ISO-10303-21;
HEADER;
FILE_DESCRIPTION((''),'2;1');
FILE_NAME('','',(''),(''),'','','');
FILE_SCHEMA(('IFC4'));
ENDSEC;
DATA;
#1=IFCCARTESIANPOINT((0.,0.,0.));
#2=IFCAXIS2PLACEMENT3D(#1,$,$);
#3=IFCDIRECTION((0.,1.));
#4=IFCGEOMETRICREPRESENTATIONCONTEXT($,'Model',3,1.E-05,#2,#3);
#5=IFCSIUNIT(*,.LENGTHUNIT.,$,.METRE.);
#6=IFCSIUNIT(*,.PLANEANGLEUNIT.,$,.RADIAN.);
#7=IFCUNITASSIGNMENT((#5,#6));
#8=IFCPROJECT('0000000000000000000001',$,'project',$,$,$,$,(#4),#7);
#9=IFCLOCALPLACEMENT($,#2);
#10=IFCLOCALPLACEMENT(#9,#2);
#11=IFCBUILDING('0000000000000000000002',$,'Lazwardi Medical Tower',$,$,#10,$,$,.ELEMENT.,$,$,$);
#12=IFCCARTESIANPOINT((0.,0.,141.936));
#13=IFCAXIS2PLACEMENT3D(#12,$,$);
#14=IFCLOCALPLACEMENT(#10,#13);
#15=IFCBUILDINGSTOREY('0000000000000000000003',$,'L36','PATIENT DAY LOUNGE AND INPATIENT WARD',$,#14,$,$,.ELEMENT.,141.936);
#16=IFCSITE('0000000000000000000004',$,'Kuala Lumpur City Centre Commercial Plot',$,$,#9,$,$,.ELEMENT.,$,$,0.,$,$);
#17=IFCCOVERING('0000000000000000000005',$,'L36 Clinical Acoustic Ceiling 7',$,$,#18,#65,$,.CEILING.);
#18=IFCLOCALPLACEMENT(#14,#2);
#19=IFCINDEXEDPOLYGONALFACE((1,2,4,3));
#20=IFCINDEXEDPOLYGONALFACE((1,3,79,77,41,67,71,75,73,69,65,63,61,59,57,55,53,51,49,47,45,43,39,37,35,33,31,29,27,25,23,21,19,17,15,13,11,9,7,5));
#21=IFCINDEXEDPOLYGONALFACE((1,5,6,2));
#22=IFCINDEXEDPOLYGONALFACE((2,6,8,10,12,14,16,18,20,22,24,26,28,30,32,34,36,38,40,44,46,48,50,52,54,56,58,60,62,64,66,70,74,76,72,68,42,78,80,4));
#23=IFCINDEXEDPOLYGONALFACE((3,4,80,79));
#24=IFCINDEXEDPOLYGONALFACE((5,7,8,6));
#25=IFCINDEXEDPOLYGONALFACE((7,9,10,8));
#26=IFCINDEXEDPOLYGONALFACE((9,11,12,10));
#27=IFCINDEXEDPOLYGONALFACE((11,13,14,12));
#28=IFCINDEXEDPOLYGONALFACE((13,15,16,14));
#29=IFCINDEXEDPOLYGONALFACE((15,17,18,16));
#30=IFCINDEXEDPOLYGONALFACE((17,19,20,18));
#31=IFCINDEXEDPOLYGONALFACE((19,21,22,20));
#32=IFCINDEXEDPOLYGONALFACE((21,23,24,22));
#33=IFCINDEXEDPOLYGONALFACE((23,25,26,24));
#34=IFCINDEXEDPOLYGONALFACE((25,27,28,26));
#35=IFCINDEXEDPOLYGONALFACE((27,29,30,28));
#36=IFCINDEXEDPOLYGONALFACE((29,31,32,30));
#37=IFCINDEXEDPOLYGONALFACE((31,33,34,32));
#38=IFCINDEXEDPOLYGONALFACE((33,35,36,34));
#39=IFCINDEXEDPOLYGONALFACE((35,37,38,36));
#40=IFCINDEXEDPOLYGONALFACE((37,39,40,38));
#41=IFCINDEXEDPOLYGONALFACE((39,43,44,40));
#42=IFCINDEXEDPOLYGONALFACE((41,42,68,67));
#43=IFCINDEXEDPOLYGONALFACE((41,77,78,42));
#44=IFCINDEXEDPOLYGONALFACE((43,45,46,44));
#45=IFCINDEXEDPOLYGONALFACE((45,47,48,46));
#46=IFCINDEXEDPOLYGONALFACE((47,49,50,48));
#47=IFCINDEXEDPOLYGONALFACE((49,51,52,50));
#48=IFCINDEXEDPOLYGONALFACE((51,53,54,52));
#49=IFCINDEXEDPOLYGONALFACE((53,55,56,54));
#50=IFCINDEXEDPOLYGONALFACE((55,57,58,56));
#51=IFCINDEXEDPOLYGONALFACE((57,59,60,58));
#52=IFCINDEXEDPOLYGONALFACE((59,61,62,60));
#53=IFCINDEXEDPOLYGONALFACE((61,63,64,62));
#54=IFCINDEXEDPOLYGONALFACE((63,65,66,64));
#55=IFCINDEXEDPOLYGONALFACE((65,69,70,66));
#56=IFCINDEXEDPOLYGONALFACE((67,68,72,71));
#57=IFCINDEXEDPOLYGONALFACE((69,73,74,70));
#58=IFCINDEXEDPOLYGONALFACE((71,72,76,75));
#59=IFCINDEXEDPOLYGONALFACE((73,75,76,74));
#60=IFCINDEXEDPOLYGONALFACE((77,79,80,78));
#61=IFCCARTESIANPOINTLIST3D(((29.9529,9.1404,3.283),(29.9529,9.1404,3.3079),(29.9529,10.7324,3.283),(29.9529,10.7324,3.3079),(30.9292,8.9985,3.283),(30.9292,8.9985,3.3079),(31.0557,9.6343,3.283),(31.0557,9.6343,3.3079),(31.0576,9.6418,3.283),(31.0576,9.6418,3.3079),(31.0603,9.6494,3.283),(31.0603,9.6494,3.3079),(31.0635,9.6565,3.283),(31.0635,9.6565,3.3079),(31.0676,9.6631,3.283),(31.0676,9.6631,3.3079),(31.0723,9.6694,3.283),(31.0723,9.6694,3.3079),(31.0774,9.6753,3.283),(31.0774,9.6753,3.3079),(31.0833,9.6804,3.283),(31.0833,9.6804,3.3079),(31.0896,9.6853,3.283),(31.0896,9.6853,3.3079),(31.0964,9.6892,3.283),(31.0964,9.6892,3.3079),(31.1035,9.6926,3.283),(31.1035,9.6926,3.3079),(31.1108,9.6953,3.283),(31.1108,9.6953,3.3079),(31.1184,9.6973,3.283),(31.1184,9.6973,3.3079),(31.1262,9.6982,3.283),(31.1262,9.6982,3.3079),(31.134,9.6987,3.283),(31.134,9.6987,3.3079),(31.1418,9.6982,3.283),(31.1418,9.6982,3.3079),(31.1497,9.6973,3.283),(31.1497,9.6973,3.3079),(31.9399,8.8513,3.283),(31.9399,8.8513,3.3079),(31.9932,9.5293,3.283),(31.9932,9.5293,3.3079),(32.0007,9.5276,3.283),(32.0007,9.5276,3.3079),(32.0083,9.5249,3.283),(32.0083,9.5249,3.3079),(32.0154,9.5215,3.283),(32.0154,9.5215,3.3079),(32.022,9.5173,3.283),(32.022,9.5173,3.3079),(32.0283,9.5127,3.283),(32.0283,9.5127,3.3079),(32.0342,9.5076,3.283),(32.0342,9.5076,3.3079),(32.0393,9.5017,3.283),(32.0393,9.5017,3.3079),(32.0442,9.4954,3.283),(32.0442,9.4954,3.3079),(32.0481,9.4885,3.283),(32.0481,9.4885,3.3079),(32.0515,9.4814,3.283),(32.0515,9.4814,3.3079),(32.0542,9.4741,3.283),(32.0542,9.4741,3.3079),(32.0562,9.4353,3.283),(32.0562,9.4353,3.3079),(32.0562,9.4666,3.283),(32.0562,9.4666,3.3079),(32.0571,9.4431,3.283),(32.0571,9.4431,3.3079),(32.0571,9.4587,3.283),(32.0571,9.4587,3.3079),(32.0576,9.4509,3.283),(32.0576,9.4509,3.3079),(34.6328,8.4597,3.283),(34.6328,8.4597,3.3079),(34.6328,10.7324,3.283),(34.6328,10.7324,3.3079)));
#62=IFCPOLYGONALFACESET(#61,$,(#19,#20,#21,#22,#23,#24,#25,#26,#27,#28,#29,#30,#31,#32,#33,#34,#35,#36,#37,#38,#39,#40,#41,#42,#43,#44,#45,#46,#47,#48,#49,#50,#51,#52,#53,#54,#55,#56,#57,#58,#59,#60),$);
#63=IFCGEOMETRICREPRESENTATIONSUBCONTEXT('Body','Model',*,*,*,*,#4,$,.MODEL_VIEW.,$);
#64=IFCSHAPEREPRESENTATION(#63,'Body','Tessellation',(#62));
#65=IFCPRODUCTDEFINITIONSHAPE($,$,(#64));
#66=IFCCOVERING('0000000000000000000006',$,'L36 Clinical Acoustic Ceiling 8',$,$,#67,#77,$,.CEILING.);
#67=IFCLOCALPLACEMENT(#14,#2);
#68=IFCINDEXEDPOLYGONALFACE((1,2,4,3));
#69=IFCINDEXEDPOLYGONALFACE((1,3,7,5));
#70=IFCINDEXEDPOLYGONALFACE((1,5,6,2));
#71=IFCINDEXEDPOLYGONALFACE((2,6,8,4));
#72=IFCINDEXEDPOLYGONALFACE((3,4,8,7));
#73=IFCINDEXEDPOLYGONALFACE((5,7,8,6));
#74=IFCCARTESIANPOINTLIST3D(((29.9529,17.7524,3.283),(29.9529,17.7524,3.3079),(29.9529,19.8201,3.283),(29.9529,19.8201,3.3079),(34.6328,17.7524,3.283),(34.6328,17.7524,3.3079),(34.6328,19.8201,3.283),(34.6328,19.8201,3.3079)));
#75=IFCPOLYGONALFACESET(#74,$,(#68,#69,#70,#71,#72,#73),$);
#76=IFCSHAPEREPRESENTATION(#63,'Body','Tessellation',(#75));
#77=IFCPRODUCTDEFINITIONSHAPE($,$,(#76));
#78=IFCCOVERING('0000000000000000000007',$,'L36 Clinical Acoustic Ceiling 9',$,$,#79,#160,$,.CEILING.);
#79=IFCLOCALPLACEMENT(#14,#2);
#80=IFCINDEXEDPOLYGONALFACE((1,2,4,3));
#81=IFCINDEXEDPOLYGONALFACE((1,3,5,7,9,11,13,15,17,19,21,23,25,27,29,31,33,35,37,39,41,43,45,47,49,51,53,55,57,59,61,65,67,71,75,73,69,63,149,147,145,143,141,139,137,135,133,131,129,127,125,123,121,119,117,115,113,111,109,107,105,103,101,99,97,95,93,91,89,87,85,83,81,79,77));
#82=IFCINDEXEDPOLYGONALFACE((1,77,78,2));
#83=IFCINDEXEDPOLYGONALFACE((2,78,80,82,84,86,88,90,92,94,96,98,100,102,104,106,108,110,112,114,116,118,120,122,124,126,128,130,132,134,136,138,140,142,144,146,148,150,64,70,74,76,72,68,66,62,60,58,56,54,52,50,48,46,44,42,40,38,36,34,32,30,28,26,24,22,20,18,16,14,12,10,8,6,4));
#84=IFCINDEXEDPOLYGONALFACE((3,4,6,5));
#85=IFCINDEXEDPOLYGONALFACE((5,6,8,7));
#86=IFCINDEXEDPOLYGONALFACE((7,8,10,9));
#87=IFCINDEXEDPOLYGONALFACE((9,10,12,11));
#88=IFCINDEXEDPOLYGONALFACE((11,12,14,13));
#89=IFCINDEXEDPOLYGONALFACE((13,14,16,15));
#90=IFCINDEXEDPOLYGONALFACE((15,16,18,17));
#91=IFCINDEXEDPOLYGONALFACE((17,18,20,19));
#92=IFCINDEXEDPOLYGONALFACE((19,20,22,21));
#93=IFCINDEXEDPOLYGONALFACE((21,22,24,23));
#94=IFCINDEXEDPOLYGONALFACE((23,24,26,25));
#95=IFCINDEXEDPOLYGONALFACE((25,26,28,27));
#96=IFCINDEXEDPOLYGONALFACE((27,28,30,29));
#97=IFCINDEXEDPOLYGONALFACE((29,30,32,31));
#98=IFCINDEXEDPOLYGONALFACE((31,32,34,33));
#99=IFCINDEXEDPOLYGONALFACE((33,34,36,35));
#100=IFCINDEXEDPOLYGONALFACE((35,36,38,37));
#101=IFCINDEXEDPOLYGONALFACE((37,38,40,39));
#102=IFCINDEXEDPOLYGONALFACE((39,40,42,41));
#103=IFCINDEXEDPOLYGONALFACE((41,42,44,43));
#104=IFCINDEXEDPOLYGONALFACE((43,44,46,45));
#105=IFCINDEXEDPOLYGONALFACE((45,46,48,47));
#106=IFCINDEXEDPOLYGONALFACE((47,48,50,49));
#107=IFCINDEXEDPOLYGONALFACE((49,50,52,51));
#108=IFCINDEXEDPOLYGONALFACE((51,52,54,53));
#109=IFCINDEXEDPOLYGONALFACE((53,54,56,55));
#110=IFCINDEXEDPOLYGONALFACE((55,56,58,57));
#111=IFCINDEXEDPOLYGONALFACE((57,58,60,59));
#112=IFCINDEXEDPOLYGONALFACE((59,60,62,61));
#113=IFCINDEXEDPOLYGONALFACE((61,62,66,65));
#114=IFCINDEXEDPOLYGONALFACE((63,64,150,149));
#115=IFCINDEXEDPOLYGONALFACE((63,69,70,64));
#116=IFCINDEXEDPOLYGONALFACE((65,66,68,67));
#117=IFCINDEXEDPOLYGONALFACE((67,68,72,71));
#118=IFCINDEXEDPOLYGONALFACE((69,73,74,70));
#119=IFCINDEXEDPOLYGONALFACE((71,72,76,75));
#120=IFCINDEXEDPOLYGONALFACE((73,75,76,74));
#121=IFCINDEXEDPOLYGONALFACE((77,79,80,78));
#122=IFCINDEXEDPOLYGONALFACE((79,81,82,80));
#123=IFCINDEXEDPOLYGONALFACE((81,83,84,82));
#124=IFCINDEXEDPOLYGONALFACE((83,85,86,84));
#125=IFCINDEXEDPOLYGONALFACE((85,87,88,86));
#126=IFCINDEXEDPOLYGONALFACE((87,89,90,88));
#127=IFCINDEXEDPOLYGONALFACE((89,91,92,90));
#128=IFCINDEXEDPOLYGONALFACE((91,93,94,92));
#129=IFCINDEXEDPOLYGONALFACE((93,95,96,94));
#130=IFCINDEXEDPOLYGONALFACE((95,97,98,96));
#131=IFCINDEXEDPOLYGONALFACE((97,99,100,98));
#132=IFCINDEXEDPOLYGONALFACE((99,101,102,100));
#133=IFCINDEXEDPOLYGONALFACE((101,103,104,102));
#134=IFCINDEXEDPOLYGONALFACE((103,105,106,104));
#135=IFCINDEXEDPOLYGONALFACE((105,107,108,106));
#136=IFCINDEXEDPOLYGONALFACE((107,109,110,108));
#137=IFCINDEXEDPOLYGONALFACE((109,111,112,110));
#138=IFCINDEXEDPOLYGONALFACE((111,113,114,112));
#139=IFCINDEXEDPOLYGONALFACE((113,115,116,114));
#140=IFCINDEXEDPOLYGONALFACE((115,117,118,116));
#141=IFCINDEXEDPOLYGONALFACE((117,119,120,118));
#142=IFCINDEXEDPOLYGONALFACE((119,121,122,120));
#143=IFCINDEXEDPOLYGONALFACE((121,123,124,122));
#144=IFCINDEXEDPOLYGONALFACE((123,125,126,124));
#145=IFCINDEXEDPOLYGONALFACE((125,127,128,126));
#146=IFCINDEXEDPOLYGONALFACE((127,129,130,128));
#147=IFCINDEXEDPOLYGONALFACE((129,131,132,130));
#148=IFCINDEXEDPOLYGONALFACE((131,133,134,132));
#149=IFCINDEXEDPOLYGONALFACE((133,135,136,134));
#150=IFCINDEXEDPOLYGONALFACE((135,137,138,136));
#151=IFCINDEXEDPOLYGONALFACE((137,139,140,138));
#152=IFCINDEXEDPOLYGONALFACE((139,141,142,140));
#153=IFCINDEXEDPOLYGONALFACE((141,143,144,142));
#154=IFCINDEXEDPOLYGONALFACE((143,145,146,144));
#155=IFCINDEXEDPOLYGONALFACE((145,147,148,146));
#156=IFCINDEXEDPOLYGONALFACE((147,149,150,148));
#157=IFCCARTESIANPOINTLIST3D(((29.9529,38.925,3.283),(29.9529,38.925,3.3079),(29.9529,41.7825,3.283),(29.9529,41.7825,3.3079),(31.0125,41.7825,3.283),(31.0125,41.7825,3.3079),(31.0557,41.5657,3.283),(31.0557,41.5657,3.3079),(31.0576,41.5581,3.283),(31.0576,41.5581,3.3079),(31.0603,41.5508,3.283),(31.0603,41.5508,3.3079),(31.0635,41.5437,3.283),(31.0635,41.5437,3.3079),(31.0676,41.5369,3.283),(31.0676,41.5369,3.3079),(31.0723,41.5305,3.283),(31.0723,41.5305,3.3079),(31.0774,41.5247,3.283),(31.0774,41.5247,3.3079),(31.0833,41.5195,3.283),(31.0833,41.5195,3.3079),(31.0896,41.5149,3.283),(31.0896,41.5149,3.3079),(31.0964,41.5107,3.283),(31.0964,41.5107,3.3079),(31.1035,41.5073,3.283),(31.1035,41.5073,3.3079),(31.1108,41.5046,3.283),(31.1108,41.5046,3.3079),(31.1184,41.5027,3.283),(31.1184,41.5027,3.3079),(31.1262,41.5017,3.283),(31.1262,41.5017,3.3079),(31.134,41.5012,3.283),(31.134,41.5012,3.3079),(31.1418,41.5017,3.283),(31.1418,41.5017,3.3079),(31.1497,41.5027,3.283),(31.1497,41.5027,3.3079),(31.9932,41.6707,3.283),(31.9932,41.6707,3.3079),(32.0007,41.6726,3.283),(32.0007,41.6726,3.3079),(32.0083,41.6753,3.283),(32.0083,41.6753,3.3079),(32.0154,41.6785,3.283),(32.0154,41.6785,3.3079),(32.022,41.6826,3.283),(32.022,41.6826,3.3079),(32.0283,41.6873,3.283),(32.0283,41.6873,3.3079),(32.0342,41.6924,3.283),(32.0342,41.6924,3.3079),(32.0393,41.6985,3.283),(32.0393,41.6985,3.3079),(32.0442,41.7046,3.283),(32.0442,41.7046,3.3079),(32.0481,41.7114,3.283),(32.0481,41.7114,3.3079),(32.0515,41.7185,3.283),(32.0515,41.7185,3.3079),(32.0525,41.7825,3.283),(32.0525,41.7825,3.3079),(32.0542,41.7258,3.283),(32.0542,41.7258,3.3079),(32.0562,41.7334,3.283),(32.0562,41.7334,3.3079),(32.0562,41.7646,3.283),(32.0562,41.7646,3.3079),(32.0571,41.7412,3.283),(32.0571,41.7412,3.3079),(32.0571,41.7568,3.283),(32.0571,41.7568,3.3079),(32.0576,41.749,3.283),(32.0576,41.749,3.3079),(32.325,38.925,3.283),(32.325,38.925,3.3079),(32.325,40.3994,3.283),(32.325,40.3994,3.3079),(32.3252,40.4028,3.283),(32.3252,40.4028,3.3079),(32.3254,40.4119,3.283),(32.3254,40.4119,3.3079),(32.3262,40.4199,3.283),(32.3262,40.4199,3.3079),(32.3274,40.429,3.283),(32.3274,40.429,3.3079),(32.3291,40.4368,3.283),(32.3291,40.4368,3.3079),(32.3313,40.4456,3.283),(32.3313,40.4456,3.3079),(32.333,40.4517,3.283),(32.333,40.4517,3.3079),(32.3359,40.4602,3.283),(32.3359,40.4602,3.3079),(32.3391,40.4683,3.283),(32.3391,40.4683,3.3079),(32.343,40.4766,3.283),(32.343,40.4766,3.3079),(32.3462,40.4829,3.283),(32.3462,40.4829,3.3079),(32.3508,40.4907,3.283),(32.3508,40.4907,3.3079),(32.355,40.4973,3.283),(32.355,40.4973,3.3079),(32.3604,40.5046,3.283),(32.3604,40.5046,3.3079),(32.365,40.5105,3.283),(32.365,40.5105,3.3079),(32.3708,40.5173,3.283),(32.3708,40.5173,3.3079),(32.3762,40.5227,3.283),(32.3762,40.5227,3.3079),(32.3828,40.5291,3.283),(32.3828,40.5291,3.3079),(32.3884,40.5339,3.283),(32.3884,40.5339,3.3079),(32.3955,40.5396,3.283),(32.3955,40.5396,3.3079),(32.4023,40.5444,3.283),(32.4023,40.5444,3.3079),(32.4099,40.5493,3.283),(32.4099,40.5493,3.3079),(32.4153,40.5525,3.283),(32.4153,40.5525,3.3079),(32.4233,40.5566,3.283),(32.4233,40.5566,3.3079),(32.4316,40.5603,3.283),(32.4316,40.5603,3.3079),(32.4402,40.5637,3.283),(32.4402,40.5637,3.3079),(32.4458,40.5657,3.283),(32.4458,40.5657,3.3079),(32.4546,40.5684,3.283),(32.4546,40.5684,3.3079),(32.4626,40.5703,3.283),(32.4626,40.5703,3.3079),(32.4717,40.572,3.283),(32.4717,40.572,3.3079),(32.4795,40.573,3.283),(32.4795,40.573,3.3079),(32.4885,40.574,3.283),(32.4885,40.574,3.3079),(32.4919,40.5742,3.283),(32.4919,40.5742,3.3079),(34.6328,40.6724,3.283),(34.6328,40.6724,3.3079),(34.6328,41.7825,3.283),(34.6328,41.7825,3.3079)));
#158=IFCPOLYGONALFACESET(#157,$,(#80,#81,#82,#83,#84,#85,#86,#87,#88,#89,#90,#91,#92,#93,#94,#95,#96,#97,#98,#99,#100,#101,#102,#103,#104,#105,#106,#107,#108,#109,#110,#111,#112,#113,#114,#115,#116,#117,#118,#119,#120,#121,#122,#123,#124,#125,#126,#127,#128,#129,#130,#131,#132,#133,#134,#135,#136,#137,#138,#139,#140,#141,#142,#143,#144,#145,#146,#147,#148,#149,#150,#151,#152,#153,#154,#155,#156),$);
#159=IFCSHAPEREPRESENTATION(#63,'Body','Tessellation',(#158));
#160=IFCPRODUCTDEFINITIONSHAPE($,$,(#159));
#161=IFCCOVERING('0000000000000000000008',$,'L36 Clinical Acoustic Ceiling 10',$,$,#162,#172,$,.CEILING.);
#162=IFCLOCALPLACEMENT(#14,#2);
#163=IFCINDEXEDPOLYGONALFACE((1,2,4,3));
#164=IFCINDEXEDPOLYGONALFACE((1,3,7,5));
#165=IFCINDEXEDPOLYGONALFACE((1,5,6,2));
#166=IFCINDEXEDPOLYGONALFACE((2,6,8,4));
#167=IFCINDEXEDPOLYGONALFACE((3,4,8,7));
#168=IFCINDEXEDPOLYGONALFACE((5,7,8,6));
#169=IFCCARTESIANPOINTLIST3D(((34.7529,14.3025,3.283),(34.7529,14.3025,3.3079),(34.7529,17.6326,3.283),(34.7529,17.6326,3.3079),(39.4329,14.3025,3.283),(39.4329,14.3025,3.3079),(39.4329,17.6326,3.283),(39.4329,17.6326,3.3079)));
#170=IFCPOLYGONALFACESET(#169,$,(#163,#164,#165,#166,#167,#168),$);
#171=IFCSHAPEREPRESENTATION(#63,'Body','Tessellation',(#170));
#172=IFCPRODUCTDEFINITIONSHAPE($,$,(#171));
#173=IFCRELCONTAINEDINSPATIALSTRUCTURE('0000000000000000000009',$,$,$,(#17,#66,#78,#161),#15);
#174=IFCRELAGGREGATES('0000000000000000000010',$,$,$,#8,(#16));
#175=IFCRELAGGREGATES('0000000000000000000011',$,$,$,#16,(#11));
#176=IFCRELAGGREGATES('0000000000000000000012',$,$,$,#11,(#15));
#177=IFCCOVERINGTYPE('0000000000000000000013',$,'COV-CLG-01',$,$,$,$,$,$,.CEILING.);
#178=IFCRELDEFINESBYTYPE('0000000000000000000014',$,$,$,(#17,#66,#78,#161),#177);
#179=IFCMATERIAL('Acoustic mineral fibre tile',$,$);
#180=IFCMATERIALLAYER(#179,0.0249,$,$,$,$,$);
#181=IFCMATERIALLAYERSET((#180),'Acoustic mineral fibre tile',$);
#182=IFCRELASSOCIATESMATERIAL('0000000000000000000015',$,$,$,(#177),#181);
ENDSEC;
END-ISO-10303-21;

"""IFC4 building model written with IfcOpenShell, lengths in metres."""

from ifc_helpers import new_model, si_unit, direction, frame, origin, place, context, subcontext, project, spatial, polyline, outline, extrude, material, layer, layer_set, type_object, element, save


model = new_model("IFC4")

# Units and contexts
model_context = context("Model", 3, precision=1e-05, world=origin(), true_north=direction((0.0, 1.0)))
body_context = subcontext(model_context, "Body", "Model", "MODEL_VIEW")
ifc_project = project(units=[si_unit("LENGTHUNIT", "METRE"), si_unit("PLANEANGLEUNIT", "RADIAN")], contexts=[model_context])

# Site, building, storey
site_placement = place(None, origin())
site = spatial("IfcSite", under=ifc_project, at=site_placement, Name="Kuala Lumpur City Centre Commercial Plot", CompositionType="ELEMENT", RefElevation=0.0)
building_placement = place(site_placement, origin())
building = spatial("IfcBuilding", under=site, at=building_placement, Name="Lazwardi Medical Tower", CompositionType="ELEMENT")
storey_placement = place(building_placement, frame((0.0, 0.0, 141.936)))
storey = spatial("IfcBuildingStorey", under=building, at=storey_placement, Name="L36", Description="PATIENT DAY LOUNGE AND INPATIENT WARD", CompositionType="ELEMENT", Elevation=141.936)

# Coverings
ifc_material_1 = material(Name="Acoustic mineral fibre tile")
ifc_layer_1 = layer(ifc_material_1, 0.0249)
ifc_layer_set_1 = layer_set([ifc_layer_1], Name="Acoustic mineral fibre tile")
covering_type_1 = type_object("IfcCoveringType", Name="COV-CLG-01", PredefinedType="CEILING", material=ifc_layer_set_1)
covering_1_placement = place(storey_placement, frame((0.0, 0.0, 3.283)))
element("IfcCovering", 1, at=covering_1_placement, inside=storey, type_object=covering_type_1, Name="L36 Clinical Acoustic Ceiling 7", PredefinedType="CEILING", context=body_context, shape_type="SweptSolid", body=[
    extrude(outline(polyline([(29.9529, 9.1404), (30.9292, 8.9985), (31.0557, 9.6343), (31.0576, 9.6418), (31.0603, 9.6494), (31.0635, 9.6565), (31.0676, 9.6631), (31.0723, 9.6694), (31.0774, 9.6753), (31.0833, 9.6804), (31.0896, 9.6853), (31.0964, 9.6892), (31.1035, 9.6926), (31.1108, 9.6953), (31.1184, 9.6973), (31.1262, 9.6982), (31.134, 9.6987), (31.1418, 9.6982), (31.1497, 9.6973), (31.9932, 9.5293), (32.0007, 9.5276), (32.0083, 9.5249), (32.0154, 9.5215), (32.022, 9.5173), (32.0283, 9.5127), (32.0342, 9.5076), (32.0393, 9.5017), (32.0442, 9.4954), (32.0481, 9.4885), (32.0515, 9.4814), (32.0542, 9.4741), (32.0562, 9.4666), (32.0571, 9.4587), (32.0576, 9.4509), (32.0571, 9.4431), (32.0562, 9.4353), (31.9399, 8.8513), (34.6328, 8.4597), (34.6328, 10.7324), (29.9529, 10.7324), (29.9529, 9.1404)])), origin(), (0.0, 0.0, 1.0), 0.0249),
])
covering_2_placement = place(storey_placement, frame((0.0, 0.0, 3.283)))
element("IfcCovering", 2, at=covering_2_placement, inside=storey, type_object=covering_type_1, Name="L36 Clinical Acoustic Ceiling 8", PredefinedType="CEILING", context=body_context, shape_type="SweptSolid", body=[
    extrude(outline(polyline([(34.6328, 19.8201), (29.9529, 19.8201), (29.9529, 17.7524), (34.6328, 17.7524), (34.6328, 19.8201)])), origin(), (0.0, 0.0, 1.0), 0.0249),
])
covering_3_placement = place(storey_placement, frame((0.0, 0.0, 3.283)))
element("IfcCovering", 3, at=covering_3_placement, inside=storey, type_object=covering_type_1, Name="L36 Clinical Acoustic Ceiling 9", PredefinedType="CEILING", context=body_context, shape_type="SweptSolid", body=[
    extrude(outline(polyline([(32.0525, 41.7825), (32.0562, 41.7646), (32.0571, 41.7568), (32.0576, 41.749), (32.0571, 41.7412), (32.0562, 41.7334), (32.0542, 41.7258), (32.0515, 41.7185), (32.0481, 41.7114), (32.0442, 41.7046), (32.0393, 41.6985), (32.0342, 41.6924), (32.0283, 41.6873), (32.022, 41.6826), (32.0154, 41.6785), (32.0083, 41.6753), (32.0007, 41.6726), (31.9932, 41.6707), (31.1497, 41.5027), (31.1418, 41.5017), (31.134, 41.5012), (31.1262, 41.5017), (31.1184, 41.5027), (31.1108, 41.5046), (31.1035, 41.5073), (31.0964, 41.5107), (31.0896, 41.5149), (31.0833, 41.5195), (31.0774, 41.5247), (31.0723, 41.5305), (31.0676, 41.5369), (31.0635, 41.5437), (31.0603, 41.5508), (31.0576, 41.5581), (31.0557, 41.5657), (31.0125, 41.7825), (29.9529, 41.7825), (29.9529, 38.925), (32.325, 38.925), (32.325, 40.3994), (32.3252, 40.4028), (32.3254, 40.4119), (32.3262, 40.4199), (32.3274, 40.429), (32.3291, 40.4368), (32.3313, 40.4456), (32.333, 40.4517), (32.3359, 40.4602), (32.3391, 40.4683), (32.343, 40.4766), (32.3462, 40.4829), (32.3508, 40.4907), (32.355, 40.4973), (32.3604, 40.5046), (32.365, 40.5105), (32.3708, 40.5173), (32.3762, 40.5227), (32.3828, 40.5291), (32.3884, 40.5339), (32.3955, 40.5396), (32.4023, 40.5444), (32.4099, 40.5493), (32.4153, 40.5525), (32.4233, 40.5566), (32.4316, 40.5603), (32.4402, 40.5637), (32.4458, 40.5657), (32.4546, 40.5684), (32.4626, 40.5703), (32.4717, 40.572), (32.4795, 40.573), (32.4885, 40.574), (32.4919, 40.5742), (34.6328, 40.6724), (34.6328, 41.7825), (32.0525, 41.7825)])), origin(), (0.0, 0.0, 1.0), 0.0249),
])
covering_4_placement = place(storey_placement, frame((0.0, 0.0, 3.283)))
element("IfcCovering", 4, at=covering_4_placement, inside=storey, type_object=covering_type_1, Name="L36 Clinical Acoustic Ceiling 10", PredefinedType="CEILING", context=body_context, shape_type="SweptSolid", body=[
    extrude(outline(polyline([(39.4329, 14.3025), (39.4329, 17.6326), (34.7529, 17.6326), (34.7529, 14.3025), (39.4329, 14.3025)])), origin(), (0.0, 0.0, 1.0), 0.0249),
])

save(model, "model.ifc")
